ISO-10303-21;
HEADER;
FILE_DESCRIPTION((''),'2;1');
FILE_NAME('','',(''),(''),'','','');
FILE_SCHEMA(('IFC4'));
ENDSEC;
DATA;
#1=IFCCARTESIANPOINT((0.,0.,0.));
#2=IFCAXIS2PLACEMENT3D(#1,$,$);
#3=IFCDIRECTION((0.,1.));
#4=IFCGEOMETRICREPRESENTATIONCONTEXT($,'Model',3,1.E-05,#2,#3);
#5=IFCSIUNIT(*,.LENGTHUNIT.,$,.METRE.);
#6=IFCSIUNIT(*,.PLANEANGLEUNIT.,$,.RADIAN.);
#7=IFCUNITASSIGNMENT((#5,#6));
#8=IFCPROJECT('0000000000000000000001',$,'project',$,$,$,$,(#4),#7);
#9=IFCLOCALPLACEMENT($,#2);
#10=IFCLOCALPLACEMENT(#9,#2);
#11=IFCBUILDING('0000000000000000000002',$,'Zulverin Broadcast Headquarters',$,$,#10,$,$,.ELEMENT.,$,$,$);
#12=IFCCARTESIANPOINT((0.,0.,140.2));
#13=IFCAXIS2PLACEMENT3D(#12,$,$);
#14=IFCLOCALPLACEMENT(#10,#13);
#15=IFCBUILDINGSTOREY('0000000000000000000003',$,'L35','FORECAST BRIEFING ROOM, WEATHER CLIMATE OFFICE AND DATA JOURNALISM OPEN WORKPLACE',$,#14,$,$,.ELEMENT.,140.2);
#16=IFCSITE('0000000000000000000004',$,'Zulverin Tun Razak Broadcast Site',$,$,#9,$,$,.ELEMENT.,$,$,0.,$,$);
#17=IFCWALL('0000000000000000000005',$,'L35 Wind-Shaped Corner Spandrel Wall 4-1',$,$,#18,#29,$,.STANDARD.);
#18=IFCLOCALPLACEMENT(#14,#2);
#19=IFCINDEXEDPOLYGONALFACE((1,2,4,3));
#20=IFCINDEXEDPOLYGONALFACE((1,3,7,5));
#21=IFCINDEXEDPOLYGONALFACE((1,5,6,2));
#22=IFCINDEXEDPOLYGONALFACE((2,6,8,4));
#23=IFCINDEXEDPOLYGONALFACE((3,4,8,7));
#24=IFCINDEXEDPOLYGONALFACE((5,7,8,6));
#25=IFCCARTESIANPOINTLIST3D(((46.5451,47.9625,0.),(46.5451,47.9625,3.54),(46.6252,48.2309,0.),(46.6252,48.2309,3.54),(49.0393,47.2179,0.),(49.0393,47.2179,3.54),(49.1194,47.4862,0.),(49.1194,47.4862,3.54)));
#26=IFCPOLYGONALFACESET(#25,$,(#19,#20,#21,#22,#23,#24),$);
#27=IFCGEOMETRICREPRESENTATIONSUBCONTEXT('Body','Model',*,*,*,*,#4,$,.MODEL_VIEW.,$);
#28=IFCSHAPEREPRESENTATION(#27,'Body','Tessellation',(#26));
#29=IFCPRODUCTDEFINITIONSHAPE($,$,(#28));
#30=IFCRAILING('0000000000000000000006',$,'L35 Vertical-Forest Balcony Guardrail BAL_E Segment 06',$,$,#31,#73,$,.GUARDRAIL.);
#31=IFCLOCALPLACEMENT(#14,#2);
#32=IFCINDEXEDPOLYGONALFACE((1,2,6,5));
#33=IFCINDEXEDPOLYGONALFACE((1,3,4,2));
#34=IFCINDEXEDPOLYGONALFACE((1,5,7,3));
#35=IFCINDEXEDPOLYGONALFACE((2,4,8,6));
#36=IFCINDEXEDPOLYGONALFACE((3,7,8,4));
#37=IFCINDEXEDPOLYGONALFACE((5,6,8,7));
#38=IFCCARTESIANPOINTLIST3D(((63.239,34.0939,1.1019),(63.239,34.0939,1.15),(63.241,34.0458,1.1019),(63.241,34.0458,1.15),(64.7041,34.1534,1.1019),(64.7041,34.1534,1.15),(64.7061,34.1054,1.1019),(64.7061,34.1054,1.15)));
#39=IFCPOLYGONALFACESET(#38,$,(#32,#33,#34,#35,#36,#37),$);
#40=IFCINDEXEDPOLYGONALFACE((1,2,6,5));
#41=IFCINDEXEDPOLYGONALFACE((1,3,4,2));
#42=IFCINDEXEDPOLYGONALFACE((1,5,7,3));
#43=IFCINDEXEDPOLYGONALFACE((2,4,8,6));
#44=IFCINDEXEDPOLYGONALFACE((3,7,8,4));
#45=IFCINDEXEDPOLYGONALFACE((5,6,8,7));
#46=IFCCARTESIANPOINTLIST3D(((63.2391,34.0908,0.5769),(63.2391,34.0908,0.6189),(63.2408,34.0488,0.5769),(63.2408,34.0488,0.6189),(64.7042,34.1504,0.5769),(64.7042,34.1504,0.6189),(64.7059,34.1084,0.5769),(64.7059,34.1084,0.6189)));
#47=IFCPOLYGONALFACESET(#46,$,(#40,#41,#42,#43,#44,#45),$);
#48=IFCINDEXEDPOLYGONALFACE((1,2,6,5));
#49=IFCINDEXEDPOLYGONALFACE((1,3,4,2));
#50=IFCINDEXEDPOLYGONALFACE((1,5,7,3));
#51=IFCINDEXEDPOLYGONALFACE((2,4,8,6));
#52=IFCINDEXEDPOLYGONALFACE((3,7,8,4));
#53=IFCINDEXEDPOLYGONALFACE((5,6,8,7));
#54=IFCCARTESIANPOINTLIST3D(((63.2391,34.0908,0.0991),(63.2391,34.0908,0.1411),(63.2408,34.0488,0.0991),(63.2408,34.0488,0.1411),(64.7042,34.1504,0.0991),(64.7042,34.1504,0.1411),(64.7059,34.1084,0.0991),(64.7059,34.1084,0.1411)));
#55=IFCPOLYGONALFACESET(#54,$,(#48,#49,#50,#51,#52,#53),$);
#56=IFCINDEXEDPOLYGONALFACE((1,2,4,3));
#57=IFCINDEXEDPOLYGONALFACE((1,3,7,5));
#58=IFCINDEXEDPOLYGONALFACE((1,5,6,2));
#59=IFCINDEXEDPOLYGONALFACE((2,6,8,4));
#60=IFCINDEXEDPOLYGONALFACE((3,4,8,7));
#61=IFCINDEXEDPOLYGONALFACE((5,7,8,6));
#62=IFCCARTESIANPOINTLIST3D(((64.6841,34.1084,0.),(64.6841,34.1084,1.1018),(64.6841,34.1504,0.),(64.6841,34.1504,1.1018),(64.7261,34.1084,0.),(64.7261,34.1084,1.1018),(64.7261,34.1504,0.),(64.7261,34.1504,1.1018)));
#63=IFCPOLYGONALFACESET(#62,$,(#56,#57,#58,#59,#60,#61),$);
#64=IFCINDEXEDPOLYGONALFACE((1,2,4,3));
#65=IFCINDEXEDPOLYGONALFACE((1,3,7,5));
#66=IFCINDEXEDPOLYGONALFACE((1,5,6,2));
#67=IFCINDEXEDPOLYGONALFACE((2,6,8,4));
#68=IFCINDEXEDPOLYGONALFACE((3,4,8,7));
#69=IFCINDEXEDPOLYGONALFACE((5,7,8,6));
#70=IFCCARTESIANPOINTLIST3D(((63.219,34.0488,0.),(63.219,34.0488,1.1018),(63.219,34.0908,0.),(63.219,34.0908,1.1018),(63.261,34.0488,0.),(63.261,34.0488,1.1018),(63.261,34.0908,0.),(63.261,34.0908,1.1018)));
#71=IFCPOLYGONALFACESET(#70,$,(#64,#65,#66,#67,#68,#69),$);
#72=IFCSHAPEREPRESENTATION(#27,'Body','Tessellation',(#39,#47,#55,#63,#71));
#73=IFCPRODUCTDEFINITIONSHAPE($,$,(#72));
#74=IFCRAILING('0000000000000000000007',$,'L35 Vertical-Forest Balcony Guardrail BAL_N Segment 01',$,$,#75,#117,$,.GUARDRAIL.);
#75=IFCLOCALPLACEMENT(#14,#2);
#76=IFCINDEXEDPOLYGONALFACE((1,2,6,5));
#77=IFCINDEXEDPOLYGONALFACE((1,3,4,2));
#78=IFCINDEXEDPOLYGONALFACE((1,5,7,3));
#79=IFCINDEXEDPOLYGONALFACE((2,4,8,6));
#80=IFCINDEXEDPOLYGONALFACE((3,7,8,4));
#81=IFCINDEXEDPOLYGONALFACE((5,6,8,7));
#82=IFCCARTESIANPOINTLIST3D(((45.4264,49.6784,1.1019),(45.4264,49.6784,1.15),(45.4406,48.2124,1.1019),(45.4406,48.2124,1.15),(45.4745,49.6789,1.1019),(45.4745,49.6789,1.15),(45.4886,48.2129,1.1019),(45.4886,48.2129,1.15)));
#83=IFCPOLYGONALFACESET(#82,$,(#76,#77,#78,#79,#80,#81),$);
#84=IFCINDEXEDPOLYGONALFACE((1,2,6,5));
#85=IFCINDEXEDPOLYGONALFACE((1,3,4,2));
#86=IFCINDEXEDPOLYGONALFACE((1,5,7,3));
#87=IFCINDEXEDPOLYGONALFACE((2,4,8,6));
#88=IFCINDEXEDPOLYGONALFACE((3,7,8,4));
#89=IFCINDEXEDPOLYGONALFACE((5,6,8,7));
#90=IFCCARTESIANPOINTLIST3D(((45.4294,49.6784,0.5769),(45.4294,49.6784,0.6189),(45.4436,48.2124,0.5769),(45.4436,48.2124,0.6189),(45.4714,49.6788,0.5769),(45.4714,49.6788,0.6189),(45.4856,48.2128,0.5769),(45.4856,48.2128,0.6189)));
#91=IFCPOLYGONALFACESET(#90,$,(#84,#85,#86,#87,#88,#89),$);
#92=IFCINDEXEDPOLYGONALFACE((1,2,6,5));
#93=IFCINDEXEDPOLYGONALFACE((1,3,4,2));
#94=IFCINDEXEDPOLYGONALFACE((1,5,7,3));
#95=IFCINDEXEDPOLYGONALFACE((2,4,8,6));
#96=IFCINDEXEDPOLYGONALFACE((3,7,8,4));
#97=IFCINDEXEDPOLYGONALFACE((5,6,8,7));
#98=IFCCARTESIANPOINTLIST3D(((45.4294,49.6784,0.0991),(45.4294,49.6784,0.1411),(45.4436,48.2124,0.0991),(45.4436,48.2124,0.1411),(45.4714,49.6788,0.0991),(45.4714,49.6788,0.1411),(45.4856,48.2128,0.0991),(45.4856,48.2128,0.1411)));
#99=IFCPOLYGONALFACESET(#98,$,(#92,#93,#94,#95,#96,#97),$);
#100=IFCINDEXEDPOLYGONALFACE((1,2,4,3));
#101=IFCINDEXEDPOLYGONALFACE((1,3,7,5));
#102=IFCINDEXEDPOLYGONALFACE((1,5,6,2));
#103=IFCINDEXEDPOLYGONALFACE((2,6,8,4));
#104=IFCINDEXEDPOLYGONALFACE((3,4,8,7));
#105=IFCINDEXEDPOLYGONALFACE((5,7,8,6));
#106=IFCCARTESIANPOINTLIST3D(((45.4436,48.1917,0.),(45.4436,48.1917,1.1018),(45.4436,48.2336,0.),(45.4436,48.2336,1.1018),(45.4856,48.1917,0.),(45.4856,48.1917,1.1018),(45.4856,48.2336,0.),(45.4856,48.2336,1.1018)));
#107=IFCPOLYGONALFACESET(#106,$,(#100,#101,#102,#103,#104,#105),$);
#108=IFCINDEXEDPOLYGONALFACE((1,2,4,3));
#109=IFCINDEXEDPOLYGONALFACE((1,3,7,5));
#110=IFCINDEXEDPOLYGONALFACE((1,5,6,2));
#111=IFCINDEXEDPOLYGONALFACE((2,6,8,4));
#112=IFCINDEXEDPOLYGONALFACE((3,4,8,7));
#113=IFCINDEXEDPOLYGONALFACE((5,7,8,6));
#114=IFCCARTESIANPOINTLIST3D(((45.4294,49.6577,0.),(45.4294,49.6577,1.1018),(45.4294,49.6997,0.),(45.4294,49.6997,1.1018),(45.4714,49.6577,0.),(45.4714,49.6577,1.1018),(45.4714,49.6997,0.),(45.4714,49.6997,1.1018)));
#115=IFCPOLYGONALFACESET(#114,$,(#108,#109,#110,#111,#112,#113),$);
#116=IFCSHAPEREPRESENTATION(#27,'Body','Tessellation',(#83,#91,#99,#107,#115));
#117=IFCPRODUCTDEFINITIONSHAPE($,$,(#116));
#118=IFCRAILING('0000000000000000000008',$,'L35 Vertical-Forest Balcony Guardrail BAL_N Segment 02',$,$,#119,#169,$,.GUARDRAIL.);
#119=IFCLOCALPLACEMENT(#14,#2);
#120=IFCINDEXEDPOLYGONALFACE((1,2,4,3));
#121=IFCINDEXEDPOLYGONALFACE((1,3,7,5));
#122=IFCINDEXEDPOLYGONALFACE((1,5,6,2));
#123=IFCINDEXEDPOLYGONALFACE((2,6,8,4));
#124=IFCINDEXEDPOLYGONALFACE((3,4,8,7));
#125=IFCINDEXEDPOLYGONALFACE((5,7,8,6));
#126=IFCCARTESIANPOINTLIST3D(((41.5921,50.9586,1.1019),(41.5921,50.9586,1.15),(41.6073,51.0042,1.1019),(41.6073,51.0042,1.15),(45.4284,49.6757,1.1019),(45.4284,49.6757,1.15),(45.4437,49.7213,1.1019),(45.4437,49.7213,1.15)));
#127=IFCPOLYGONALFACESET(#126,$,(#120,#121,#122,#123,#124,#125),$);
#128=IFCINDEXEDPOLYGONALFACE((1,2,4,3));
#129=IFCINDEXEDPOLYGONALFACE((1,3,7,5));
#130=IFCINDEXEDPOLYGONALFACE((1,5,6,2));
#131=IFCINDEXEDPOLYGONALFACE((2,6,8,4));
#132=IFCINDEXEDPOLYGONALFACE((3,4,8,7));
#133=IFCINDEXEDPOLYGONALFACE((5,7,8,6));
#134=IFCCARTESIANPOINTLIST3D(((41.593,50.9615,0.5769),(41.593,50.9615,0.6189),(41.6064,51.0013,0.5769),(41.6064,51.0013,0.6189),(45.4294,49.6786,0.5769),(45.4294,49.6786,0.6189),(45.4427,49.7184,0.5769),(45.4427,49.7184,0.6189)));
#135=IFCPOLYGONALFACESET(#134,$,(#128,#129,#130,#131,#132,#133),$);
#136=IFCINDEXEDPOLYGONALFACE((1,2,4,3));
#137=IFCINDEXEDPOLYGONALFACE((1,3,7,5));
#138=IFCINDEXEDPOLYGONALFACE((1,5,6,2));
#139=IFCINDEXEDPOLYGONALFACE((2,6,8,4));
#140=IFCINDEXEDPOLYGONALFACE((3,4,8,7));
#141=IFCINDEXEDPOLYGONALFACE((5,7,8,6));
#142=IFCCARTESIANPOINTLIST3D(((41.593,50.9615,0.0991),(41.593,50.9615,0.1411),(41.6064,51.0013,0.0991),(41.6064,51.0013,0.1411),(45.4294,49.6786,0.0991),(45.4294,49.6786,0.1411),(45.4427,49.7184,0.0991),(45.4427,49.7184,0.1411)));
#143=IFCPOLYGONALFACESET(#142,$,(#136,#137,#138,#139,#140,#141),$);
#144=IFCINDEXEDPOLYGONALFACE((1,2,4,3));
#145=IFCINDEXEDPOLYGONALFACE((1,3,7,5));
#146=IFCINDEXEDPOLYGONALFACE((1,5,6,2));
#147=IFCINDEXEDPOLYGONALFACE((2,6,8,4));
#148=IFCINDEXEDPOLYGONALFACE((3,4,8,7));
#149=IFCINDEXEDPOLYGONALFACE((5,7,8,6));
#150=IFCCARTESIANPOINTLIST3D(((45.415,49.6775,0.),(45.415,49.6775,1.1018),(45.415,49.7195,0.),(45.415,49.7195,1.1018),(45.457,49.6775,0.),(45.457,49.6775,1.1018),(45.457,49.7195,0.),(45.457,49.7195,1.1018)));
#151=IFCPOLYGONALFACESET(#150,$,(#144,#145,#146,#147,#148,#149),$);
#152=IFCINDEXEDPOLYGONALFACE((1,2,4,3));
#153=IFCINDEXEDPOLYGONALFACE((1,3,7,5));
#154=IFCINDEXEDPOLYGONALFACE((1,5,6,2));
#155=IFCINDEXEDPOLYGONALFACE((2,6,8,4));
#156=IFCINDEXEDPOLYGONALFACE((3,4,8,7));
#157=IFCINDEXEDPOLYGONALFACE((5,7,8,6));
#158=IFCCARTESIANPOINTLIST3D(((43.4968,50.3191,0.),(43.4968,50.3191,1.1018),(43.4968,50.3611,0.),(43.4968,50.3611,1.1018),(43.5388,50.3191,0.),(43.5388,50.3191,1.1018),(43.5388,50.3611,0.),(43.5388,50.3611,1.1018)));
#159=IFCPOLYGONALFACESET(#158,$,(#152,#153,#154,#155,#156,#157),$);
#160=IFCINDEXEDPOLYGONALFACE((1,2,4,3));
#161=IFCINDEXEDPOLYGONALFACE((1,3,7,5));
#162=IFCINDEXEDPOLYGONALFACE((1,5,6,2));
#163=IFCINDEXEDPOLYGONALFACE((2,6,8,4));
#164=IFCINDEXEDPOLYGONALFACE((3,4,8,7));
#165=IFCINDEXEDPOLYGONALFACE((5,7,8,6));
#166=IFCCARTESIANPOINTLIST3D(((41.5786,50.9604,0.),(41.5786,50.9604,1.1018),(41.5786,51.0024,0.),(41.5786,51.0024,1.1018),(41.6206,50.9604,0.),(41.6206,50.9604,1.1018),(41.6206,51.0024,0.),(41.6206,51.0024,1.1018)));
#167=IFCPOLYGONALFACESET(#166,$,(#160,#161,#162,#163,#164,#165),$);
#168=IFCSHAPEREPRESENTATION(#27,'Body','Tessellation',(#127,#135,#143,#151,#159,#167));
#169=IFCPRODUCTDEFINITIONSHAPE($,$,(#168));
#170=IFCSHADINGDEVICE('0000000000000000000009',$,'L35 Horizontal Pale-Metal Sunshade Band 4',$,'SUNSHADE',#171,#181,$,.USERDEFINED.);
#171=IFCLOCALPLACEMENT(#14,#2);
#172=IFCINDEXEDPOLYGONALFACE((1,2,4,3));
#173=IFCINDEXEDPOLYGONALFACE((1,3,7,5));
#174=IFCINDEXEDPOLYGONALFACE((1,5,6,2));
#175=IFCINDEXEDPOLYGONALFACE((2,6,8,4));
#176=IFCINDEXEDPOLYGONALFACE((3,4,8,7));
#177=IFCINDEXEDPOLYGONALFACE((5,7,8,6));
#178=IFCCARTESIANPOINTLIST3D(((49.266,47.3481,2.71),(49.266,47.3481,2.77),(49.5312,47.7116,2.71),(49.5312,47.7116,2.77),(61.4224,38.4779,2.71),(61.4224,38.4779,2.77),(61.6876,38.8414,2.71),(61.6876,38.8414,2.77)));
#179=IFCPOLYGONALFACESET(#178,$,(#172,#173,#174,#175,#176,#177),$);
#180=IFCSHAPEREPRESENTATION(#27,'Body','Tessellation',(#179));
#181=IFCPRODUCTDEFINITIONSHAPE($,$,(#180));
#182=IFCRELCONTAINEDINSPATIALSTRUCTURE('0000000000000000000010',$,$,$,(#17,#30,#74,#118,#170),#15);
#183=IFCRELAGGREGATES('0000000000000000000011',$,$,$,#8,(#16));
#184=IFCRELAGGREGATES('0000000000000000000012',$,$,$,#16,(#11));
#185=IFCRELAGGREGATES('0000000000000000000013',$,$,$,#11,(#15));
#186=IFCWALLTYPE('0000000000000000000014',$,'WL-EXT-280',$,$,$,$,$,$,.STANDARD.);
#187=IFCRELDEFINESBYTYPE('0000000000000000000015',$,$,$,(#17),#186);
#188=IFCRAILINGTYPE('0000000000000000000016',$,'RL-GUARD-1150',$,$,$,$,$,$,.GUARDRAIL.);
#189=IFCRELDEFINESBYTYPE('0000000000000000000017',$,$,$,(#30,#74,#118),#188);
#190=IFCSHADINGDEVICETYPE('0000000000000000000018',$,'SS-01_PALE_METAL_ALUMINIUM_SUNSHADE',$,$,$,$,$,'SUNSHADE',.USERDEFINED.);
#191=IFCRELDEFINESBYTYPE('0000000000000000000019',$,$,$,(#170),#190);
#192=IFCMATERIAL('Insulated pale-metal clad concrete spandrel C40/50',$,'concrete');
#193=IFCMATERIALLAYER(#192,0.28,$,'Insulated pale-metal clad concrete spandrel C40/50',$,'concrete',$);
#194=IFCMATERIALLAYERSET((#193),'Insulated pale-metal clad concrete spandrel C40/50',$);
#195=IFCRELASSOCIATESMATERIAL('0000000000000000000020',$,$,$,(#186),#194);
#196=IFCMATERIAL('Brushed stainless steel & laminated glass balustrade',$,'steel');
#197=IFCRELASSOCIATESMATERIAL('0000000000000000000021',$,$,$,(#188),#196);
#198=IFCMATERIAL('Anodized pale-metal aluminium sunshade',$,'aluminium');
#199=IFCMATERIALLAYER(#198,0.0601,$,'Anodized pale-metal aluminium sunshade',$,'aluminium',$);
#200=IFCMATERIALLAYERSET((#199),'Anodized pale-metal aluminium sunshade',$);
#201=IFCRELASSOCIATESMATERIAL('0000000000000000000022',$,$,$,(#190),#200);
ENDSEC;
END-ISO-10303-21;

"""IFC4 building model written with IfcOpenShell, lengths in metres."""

from ifc_helpers import new_model, si_unit, direction, frame, frame_2d, origin, origin_2d, place, context, subcontext, project, spatial, rectangle, extrude, material, layer, layer_set, type_object, element, save


model = new_model("IFC4")

# Units and contexts
model_context = context("Model", 3, precision=1e-05, world=origin(), true_north=direction((0.0, 1.0)))
body_context = subcontext(model_context, "Body", "Model", "MODEL_VIEW")
ifc_project = project(units=[si_unit("LENGTHUNIT", "METRE"), si_unit("PLANEANGLEUNIT", "RADIAN")], contexts=[model_context])

# Site, building, storey
site_placement = place(None, origin())
site = spatial("IfcSite", under=ifc_project, at=site_placement, Name="Zulverin Tun Razak Broadcast Site", CompositionType="ELEMENT", RefElevation=0.0)
building_placement = place(site_placement, origin())
building = spatial("IfcBuilding", under=site, at=building_placement, Name="Zulverin Broadcast Headquarters", CompositionType="ELEMENT")
storey_placement = place(building_placement, frame((0.0, 0.0, 140.2)))
storey = spatial("IfcBuildingStorey", under=building, at=storey_placement, Name="L35", Description="FORECAST BRIEFING ROOM, WEATHER CLIMATE OFFICE AND DATA JOURNALISM OPEN WORKPLACE", CompositionType="ELEMENT", Elevation=140.2)

# Shared definitions
ifc_material_1 = material(Name="Insulated pale-metal clad concrete spandrel C40/50", Category="concrete")
ifc_layer_1 = layer(ifc_material_1, 0.28, Name="Insulated pale-metal clad concrete spandrel C40/50", Category="concrete")
ifc_layer_set_1 = layer_set([ifc_layer_1], Name="Insulated pale-metal clad concrete spandrel C40/50")
wall_type = type_object("IfcWallType", Name="WL-EXT-280", PredefinedType="STANDARD", material=ifc_layer_set_1)

# Wall
wall_1_placement = place(storey_placement, frame((49.0793, 47.3521, 0.0), z_axis=(0.0, 0.0, 1.0), x_axis=(-0.958208, 0.286074, 0.0)))
element("IfcWall", 1, at=wall_1_placement, inside=storey, type_object=wall_type, Name="L35 Wind-Shaped Corner Spandrel Wall 4-1", PredefinedType="STANDARD", context=body_context, shape_type="SweptSolid", body=[
    extrude(rectangle(XDim=2.603, YDim=0.28, at=frame_2d((1.3015, 0.0))), origin(), (0.0, 0.0, 1.0), 3.54),
])

# Railings
ifc_material_2 = material(Name="Brushed stainless steel & laminated glass balustrade", Category="steel")
railing_type = type_object("IfcRailingType", Name="RL-GUARD-1150", PredefinedType="GUARDRAIL", material=ifc_material_2)
railing_1_placement = place(storey_placement, frame((64.7051, 34.1294, 0.0)))
element("IfcRailing", 2, at=railing_1_placement, inside=storey, type_object=railing_type, Name="L35 Vertical-Forest Balcony Guardrail BAL_E Segment 06", PredefinedType="GUARDRAIL", context=body_context, shape_type="SweptSolid", body=[
    extrude(rectangle(XDim=0.0481, YDim=0.0481, at=origin_2d()), frame((0.0, 0.0, 1.126), z_axis=(-0.999174, -0.040626, 0.0), x_axis=(0.040626, -0.999174, 0.0)), (0.0, 0.0, 1.0), 1.4663),
    extrude(rectangle(XDim=0.042, YDim=0.042, at=origin_2d()), frame((0.0, 0.0, 0.5979), z_axis=(-0.999174, -0.040626, 0.0), x_axis=(0.040626, -0.999174, 0.0)), (0.0, 0.0, 1.0), 1.4663),
    extrude(rectangle(XDim=0.042, YDim=0.042, at=origin_2d()), frame((0.0, 0.0, 0.1201), z_axis=(-0.999174, -0.040626, 0.0), x_axis=(0.040626, -0.999174, 0.0)), (0.0, 0.0, 1.0), 1.4663),
    extrude(rectangle(XDim=0.042, YDim=0.042, at=origin_2d()), origin(), (0.0, 0.0, 1.0), 1.1018),
    extrude(rectangle(XDim=0.042, YDim=0.042, at=origin_2d()), frame((-1.4651, -0.0596, 0.0)), (0.0, 0.0, 1.0), 1.1018),
])
railing_2_placement = place(storey_placement, frame((45.4646, 48.2126, 0.0)))
element("IfcRailing", 3, at=railing_2_placement, inside=storey, type_object=railing_type, Name="L35 Vertical-Forest Balcony Guardrail BAL_N Segment 01", PredefinedType="GUARDRAIL", context=body_context, shape_type="SweptSolid", body=[
    extrude(rectangle(XDim=0.0481, YDim=0.0481, at=origin_2d()), frame((0.0, 0.0, 1.126), z_axis=(-0.009658, 0.999953, 0.0), x_axis=(-0.999953, -0.009658, 0.0)), (0.0, 0.0, 1.0), 1.4661),
    extrude(rectangle(XDim=0.042, YDim=0.042, at=origin_2d()), frame((0.0, 0.0, 0.5979), z_axis=(-0.009658, 0.999953, 0.0), x_axis=(-0.999953, -0.009658, 0.0)), (0.0, 0.0, 1.0), 1.4661),
    extrude(rectangle(XDim=0.042, YDim=0.042, at=origin_2d()), frame((0.0, 0.0, 0.1201), z_axis=(-0.009658, 0.999953, 0.0), x_axis=(-0.999953, -0.009658, 0.0)), (0.0, 0.0, 1.0), 1.4661),
    extrude(rectangle(XDim=0.042, YDim=0.042, at=origin_2d()), origin(), (0.0, 0.0, 1.0), 1.1018),
    extrude(rectangle(XDim=0.042, YDim=0.042, at=origin_2d()), frame((-0.0142, 1.4661, 0.0)), (0.0, 0.0, 1.0), 1.1018),
])
railing_3_placement = place(storey_placement, frame((45.436, 49.6985, 0.0)))
element("IfcRailing", 4, at=railing_3_placement, inside=storey, type_object=railing_type, Name="L35 Vertical-Forest Balcony Guardrail BAL_N Segment 02", PredefinedType="GUARDRAIL", context=body_context, shape_type="SweptSolid", body=[
    extrude(rectangle(XDim=0.0481, YDim=0.0481, at=origin_2d()), frame((0.0, 0.0, 1.126), z_axis=(-0.948375, 0.317151, 0.0), x_axis=(-0.317151, -0.948375, 0.0)), (0.0, 0.0, 1.0), 4.0452),
    extrude(rectangle(XDim=0.042, YDim=0.042, at=origin_2d()), frame((0.0, 0.0, 0.5979), z_axis=(-0.948375, 0.317151, 0.0), x_axis=(-0.317151, -0.948375, 0.0)), (0.0, 0.0, 1.0), 4.0452),
    extrude(rectangle(XDim=0.042, YDim=0.042, at=origin_2d()), frame((0.0, 0.0, 0.1201), z_axis=(-0.948375, 0.317151, 0.0), x_axis=(-0.317151, -0.948375, 0.0)), (0.0, 0.0, 1.0), 4.0452),
    extrude(rectangle(XDim=0.042, YDim=0.042, at=origin_2d()), origin(), (0.0, 0.0, 1.0), 1.1018),
    extrude(rectangle(XDim=0.042, YDim=0.042, at=origin_2d()), frame((-1.9182, 0.6416, 0.0)), (0.0, 0.0, 1.0), 1.1018),
    extrude(rectangle(XDim=0.042, YDim=0.042, at=origin_2d()), frame((-3.8364, 1.283, 0.0)), (0.0, 0.0, 1.0), 1.1018),
])

# Shading device
ifc_material_3 = material(Name="Anodized pale-metal aluminium sunshade", Category="aluminium")
ifc_layer_2 = layer(ifc_material_3, 0.0601, Name="Anodized pale-metal aluminium sunshade", Category="aluminium")
ifc_layer_set_2 = layer_set([ifc_layer_2], Name="Anodized pale-metal aluminium sunshade")
shading_device_type = type_object("IfcShadingDeviceType", Name="SS-01_PALE_METAL_ALUMINIUM_SUNSHADE", ElementType="SUNSHADE", PredefinedType="USERDEFINED", material=ifc_layer_set_2)
shading_device_placement = place(storey_placement, frame((55.4768, 43.0947, 2.71), z_axis=(0.0, 0.0, 1.0), x_axis=(-0.807814, 0.589437, 0.0)))
element("IfcShadingDevice", 5, at=shading_device_placement, inside=storey, type_object=shading_device_type, Name="L35 Horizontal Pale-Metal Sunshade Band 4", ObjectType="SUNSHADE", PredefinedType="USERDEFINED", context=body_context, shape_type="SweptSolid", body=[
    extrude(rectangle(XDim=15.0486, YDim=0.45, at=origin_2d()), origin(), (0.0, 0.0, 1.0), 0.0601),
])

save(model, "model.ifc")
